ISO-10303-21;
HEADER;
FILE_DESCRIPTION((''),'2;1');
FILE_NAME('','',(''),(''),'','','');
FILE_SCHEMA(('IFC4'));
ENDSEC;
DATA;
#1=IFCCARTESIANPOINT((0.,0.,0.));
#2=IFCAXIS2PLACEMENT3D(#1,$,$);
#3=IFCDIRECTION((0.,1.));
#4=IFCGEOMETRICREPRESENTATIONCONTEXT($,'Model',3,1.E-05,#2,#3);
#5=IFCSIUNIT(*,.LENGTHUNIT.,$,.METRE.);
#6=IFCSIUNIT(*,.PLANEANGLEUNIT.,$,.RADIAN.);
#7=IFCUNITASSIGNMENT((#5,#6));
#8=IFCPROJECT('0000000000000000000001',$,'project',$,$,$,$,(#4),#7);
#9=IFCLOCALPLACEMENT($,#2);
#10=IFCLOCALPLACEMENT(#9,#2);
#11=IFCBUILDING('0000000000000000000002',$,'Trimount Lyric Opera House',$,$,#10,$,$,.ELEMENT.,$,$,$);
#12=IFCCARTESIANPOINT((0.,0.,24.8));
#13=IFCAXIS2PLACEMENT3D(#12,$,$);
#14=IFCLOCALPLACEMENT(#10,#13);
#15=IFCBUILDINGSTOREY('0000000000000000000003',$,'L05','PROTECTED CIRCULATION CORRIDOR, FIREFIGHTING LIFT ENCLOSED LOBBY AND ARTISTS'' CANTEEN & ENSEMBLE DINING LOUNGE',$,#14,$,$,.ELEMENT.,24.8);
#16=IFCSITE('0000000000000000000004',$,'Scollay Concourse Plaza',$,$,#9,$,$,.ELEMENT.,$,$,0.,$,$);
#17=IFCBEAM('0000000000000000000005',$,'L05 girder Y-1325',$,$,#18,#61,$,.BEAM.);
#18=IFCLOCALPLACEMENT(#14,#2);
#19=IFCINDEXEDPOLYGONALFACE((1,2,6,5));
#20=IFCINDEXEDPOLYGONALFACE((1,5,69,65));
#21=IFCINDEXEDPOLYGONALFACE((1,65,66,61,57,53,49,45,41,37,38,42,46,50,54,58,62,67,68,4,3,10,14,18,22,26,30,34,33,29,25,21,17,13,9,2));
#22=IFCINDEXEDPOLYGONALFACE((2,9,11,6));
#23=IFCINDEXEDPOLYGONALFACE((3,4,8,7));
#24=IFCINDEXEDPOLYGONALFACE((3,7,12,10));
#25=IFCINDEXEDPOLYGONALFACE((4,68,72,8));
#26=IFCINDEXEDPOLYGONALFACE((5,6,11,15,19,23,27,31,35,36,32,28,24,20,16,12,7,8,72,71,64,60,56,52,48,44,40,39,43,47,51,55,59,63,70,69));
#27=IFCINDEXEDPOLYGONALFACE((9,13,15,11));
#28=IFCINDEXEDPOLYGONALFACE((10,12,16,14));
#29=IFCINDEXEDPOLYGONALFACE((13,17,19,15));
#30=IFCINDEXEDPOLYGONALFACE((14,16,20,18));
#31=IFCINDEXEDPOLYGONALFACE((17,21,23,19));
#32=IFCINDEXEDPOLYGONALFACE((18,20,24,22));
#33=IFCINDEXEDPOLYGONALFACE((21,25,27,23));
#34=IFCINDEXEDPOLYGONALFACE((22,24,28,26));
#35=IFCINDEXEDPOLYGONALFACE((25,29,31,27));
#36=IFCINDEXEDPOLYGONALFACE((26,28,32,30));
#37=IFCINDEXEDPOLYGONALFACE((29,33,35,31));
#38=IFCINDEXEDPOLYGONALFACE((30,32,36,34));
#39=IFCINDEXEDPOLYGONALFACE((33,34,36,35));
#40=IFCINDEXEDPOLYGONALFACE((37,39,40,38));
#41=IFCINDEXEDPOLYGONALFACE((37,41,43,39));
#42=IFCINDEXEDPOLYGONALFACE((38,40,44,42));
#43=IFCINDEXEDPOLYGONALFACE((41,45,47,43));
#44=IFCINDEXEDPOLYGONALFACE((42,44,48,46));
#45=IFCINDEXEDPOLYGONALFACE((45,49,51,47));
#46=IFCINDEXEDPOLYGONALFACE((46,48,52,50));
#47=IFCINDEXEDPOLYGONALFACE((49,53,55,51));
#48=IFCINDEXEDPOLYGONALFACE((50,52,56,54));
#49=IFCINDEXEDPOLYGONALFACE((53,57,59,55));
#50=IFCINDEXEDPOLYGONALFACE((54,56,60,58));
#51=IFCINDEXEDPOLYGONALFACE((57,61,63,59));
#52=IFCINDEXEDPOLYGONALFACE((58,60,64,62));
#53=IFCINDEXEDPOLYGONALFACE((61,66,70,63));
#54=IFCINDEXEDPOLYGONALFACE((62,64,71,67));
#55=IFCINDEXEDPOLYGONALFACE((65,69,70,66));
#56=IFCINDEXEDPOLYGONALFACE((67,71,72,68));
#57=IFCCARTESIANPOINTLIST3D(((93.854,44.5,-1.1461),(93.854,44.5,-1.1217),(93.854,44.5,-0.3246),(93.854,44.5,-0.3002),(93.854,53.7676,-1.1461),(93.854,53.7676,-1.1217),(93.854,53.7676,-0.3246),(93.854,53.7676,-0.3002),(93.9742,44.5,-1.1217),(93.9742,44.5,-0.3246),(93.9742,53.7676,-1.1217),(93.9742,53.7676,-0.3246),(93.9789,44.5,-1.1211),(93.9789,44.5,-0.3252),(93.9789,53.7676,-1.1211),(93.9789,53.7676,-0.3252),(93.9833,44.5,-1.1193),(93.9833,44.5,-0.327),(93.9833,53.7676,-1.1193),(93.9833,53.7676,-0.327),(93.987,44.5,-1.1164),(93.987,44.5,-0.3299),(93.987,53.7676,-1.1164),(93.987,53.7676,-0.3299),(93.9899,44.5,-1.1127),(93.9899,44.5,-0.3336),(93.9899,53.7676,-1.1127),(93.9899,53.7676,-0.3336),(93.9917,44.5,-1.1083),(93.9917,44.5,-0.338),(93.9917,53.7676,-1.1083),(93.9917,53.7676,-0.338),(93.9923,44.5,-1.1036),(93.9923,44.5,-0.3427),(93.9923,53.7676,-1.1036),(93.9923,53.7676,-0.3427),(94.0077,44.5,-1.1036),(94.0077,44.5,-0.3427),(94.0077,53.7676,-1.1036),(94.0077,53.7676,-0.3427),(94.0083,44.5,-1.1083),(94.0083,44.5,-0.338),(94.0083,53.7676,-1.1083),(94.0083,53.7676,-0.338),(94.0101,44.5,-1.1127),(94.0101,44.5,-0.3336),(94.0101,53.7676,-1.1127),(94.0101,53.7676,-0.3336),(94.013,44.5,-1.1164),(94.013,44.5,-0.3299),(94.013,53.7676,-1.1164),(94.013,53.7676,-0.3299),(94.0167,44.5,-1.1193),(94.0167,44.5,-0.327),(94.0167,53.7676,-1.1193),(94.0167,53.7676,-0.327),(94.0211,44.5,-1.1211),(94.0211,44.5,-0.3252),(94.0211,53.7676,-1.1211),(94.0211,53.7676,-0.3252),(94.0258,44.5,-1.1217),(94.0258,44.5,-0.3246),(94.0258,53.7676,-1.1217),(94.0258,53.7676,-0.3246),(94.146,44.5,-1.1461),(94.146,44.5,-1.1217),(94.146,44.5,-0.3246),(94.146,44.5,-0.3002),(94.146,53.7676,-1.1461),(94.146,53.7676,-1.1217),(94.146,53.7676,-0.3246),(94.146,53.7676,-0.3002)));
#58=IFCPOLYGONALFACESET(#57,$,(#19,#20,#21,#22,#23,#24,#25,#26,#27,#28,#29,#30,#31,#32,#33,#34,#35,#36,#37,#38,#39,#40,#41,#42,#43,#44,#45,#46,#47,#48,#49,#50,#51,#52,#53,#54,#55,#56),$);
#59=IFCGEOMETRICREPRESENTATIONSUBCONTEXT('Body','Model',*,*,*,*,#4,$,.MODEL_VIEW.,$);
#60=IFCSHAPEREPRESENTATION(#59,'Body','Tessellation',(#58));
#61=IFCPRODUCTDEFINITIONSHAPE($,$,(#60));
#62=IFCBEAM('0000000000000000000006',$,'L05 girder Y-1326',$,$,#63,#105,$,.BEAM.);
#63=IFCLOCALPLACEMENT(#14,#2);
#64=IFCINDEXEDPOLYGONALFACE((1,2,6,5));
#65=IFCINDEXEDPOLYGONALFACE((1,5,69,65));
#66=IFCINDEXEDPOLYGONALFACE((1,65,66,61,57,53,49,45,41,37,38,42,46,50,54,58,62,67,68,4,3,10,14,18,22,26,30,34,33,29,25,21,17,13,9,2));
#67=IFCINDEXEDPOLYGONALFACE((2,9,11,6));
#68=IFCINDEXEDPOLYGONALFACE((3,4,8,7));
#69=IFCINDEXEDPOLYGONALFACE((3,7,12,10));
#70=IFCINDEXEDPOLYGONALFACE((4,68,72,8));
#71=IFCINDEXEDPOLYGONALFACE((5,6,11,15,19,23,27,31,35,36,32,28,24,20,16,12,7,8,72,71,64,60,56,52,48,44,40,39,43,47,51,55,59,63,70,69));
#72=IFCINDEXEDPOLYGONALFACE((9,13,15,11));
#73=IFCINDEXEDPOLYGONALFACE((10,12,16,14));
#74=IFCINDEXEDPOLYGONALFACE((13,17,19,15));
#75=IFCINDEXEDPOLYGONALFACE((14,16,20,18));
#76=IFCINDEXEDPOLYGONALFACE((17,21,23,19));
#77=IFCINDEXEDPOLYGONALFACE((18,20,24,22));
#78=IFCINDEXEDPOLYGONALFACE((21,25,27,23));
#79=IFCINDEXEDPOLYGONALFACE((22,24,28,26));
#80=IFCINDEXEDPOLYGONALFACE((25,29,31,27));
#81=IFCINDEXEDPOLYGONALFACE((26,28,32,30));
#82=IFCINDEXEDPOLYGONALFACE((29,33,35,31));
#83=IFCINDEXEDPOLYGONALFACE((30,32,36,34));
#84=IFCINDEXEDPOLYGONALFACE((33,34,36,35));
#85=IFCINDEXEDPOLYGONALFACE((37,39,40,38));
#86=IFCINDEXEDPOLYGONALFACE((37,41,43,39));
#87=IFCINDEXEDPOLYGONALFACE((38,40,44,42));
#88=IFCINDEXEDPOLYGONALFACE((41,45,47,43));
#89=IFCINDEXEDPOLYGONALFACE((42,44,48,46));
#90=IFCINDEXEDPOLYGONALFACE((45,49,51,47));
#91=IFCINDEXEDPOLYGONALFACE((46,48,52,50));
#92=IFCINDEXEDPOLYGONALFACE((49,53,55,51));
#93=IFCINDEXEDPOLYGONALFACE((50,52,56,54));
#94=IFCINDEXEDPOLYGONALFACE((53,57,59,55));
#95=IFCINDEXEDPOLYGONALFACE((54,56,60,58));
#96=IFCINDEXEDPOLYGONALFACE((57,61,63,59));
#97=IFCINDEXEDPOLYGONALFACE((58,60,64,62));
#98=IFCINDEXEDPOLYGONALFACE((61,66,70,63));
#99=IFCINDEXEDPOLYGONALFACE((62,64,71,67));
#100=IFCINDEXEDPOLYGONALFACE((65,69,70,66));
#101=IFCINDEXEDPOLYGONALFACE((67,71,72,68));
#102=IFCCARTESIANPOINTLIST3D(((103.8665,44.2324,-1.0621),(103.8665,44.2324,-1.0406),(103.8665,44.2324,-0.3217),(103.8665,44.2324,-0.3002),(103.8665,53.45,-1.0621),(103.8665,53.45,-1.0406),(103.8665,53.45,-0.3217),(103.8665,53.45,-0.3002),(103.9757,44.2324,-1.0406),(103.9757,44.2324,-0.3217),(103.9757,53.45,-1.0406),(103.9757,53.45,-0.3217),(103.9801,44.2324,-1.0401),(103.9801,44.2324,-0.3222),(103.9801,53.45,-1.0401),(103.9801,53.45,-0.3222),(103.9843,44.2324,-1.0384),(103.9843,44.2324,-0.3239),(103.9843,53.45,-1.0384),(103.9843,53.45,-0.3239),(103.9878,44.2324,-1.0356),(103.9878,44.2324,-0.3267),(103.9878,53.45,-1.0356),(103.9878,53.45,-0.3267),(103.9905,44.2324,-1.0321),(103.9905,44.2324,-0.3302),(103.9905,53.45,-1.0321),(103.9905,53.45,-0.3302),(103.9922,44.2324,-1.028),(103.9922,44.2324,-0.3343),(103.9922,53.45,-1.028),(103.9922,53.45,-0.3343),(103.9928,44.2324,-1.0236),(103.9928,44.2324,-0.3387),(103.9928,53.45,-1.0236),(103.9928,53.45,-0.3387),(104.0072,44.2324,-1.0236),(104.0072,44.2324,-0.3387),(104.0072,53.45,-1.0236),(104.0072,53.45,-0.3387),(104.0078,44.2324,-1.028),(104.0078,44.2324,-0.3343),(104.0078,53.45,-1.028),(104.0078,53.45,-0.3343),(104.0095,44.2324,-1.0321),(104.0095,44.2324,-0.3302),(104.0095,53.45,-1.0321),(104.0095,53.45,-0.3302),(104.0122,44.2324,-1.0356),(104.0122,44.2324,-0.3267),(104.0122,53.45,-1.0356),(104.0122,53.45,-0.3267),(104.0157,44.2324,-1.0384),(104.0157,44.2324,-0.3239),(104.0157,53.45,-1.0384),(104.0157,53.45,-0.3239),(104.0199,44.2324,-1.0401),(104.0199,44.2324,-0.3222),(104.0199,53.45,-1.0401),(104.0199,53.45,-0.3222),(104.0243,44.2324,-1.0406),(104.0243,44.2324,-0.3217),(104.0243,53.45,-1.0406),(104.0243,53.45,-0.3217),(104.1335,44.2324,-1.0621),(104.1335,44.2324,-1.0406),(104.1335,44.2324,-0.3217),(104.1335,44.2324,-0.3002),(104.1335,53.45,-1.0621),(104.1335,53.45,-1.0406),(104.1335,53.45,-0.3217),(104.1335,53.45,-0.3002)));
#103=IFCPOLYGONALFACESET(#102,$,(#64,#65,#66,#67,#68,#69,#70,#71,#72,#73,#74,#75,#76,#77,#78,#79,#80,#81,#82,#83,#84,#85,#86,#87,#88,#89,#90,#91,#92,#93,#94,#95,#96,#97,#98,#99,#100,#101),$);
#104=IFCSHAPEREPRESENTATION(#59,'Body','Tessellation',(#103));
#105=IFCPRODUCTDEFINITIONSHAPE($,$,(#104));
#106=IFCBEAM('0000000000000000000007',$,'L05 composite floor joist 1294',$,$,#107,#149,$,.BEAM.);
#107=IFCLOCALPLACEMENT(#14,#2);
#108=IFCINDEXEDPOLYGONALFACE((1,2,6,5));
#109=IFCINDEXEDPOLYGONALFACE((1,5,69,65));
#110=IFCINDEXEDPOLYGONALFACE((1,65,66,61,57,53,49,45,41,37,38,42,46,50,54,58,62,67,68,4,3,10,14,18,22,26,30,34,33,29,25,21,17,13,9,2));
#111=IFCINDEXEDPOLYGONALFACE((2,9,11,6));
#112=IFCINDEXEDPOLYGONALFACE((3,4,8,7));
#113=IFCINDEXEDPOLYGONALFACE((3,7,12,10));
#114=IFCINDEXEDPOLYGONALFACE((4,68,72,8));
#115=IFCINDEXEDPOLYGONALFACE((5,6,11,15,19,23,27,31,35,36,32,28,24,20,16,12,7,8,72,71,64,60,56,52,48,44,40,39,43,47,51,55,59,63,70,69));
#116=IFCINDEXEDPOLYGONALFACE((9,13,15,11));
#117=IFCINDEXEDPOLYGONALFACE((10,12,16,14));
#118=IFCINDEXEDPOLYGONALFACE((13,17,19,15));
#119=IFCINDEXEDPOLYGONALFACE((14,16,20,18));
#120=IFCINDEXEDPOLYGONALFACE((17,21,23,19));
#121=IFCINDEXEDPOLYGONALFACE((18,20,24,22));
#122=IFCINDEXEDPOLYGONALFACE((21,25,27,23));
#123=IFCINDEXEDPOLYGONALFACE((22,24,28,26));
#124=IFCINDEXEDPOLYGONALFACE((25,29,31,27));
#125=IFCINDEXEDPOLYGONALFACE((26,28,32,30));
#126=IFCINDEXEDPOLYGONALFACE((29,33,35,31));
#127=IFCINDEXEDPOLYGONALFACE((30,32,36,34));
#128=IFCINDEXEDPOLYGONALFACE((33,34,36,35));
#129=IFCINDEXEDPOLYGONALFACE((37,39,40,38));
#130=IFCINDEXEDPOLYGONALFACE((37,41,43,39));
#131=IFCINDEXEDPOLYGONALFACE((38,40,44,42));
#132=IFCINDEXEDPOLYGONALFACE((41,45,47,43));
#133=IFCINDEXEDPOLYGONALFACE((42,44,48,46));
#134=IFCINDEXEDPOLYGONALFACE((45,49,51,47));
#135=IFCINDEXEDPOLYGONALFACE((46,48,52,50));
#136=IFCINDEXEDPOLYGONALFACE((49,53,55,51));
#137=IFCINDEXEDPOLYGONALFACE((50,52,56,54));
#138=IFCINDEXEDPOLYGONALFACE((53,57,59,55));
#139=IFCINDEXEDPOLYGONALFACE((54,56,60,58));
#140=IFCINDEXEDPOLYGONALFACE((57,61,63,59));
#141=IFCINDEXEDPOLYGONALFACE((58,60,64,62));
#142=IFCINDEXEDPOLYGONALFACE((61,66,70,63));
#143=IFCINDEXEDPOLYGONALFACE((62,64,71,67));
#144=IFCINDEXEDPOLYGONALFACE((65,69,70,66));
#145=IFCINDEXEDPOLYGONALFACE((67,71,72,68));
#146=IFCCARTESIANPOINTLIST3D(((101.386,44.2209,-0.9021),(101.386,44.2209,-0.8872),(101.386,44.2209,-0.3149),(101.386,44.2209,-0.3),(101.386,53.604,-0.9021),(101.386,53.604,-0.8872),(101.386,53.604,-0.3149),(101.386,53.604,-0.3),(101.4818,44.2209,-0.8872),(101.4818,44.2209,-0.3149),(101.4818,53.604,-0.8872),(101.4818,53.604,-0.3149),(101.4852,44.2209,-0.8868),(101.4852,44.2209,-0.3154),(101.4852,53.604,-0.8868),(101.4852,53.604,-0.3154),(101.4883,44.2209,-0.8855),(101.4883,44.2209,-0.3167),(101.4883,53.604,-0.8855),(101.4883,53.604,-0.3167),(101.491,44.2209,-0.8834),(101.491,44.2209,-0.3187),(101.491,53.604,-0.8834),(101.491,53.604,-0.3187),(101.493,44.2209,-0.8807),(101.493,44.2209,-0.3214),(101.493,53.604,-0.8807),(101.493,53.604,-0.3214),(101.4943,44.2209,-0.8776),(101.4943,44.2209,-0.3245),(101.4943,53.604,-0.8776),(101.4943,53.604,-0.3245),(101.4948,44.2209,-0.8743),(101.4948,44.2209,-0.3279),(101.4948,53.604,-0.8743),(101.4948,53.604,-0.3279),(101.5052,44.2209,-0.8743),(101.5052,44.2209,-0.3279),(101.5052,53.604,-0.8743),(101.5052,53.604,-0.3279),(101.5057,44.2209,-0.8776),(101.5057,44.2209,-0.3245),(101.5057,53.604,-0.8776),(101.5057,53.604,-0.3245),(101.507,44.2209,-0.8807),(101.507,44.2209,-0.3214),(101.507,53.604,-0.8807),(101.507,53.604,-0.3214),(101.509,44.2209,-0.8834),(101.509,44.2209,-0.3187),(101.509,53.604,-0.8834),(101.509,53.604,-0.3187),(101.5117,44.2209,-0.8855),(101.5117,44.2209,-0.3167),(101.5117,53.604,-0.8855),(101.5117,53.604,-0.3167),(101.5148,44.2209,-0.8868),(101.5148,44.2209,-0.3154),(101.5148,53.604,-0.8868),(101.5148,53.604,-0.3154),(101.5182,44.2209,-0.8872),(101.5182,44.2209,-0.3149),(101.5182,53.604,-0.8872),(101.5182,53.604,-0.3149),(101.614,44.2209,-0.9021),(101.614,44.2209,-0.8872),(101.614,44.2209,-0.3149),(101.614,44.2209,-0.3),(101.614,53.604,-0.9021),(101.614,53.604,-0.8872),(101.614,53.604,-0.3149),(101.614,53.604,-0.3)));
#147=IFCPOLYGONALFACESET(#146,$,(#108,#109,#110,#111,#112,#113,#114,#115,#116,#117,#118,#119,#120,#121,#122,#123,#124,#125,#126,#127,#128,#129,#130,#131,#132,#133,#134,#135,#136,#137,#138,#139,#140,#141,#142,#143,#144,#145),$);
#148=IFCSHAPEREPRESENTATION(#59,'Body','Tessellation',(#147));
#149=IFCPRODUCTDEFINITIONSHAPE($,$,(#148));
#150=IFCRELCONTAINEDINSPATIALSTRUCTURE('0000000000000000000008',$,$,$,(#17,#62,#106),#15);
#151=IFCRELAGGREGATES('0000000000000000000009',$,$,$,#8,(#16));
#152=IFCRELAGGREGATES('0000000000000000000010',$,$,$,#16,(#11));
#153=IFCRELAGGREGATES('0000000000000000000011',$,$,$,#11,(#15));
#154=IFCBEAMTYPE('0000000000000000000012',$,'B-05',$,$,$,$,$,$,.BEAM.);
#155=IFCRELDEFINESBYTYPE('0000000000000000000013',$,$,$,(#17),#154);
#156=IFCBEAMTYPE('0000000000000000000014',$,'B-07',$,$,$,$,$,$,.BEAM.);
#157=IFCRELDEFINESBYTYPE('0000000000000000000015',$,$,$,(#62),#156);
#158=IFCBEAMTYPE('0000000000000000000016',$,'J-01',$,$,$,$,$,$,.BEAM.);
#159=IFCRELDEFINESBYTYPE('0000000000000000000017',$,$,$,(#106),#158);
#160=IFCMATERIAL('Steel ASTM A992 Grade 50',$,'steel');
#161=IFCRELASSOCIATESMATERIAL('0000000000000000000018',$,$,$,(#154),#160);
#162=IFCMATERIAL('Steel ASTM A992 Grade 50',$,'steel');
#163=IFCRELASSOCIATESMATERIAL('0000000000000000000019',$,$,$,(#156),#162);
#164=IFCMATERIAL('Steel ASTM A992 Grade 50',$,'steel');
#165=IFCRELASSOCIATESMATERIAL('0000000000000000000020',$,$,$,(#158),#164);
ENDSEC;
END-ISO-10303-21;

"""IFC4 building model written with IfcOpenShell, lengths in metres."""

from ifc_helpers import new_model, si_unit, direction, frame, origin, origin_2d, place, context, subcontext, project, spatial, i_section, extrude, material, material_profile, profile_set, type_object, element, save


model = new_model("IFC4")

# Units and contexts
model_context = context("Model", 3, precision=1e-05, world=origin(), true_north=direction((0.0, 1.0)))
body_context = subcontext(model_context, "Body", "Model", "MODEL_VIEW")
ifc_project = project(units=[si_unit("LENGTHUNIT", "METRE"), si_unit("PLANEANGLEUNIT", "RADIAN")], contexts=[model_context])

# Site, building, storey
site_placement = place(None, origin())
site = spatial("IfcSite", under=ifc_project, at=site_placement, Name="Scollay Concourse Plaza", CompositionType="ELEMENT", RefElevation=0.0)
building_placement = place(site_placement, origin())
building = spatial("IfcBuilding", under=site, at=building_placement, Name="Trimount Lyric Opera House", CompositionType="ELEMENT")
storey_placement = place(building_placement, frame((0.0, 0.0, 24.8)))
storey = spatial("IfcBuildingStorey", under=building, at=storey_placement, Name="L05", Description="PROTECTED CIRCULATION CORRIDOR, FIREFIGHTING LIFT ENCLOSED LOBBY AND ARTISTS' CANTEEN & ENSEMBLE DINING LOUNGE", CompositionType="ELEMENT", Elevation=24.8)

# Beams
ifc_material_1 = material(Name="Steel ASTM A992 Grade 50", Category="steel")
ifc_material_profile_1 = material_profile(ifc_material_1, i_section(OverallWidth=0.292, OverallDepth=0.8459, WebThickness=0.0154, FlangeThickness=0.0244, FilletRadius=0.0181, at=origin_2d()), Name="W33X141")
ifc_profile_set_1 = profile_set([ifc_material_profile_1], Name="Steel ASTM A992 Grade 50")
beam_type_1 = type_object("IfcBeamType", Name="B-05", PredefinedType="BEAM", material=ifc_profile_set_1)
beam_1_placement = place(storey_placement, frame((94.0, 44.5, -0.7231), z_axis=(0.0, 1.0, 0.0), x_axis=(-1.0, 0.0, 0.0)))
element("IfcBeam", 1, at=beam_1_placement, inside=storey, type_object=beam_type_1, Name="L05 girder Y-1325", PredefinedType="BEAM", context=body_context, shape_type="SweptSolid", body=[
    extrude(i_section(OverallWidth=0.292, OverallDepth=0.8459, WebThickness=0.0154, FlangeThickness=0.0244, FilletRadius=0.0181, at=origin_2d()), origin(), (0.0, 0.0, 1.0), 9.2676),
])
ifc_material_2 = material(Name="Steel ASTM A992 Grade 50", Category="steel")
ifc_material_profile_2 = material_profile(ifc_material_2, i_section(OverallWidth=0.2671, OverallDepth=0.762, WebThickness=0.0144, FlangeThickness=0.0215, FilletRadius=0.0171, at=origin_2d()), Name="W30X116")
ifc_profile_set_2 = profile_set([ifc_material_profile_2], Name="Steel ASTM A992 Grade 50")
beam_type_2 = type_object("IfcBeamType", Name="B-07", PredefinedType="BEAM", material=ifc_profile_set_2)
beam_2_placement = place(storey_placement, frame((104.0, 44.2324, -0.6812), z_axis=(0.0, 1.0, 0.0), x_axis=(-1.0, 0.0, 0.0)))
element("IfcBeam", 2, at=beam_2_placement, inside=storey, type_object=beam_type_2, Name="L05 girder Y-1326", PredefinedType="BEAM", context=body_context, shape_type="SweptSolid", body=[
    extrude(i_section(OverallWidth=0.2671, OverallDepth=0.762, WebThickness=0.0144, FlangeThickness=0.0215, FilletRadius=0.0171, at=origin_2d()), origin(), (0.0, 0.0, 1.0), 9.2175),
])
ifc_material_3 = material(Name="Steel ASTM A992 Grade 50", Category="steel")
ifc_material_profile_3 = material_profile(ifc_material_3, i_section(OverallWidth=0.228, OverallDepth=0.6021, WebThickness=0.0105, FlangeThickness=0.0149, FilletRadius=0.0129, at=origin_2d()), Name="W24X68")
ifc_profile_set_3 = profile_set([ifc_material_profile_3], Name="Steel ASTM A992 Grade 50")
beam_type_3 = type_object("IfcBeamType", Name="J-01", PredefinedType="BEAM", material=ifc_profile_set_3)
beam_3_placement = place(storey_placement, frame((101.5, 44.2209, -0.6011), z_axis=(0.0, 1.0, 0.0), x_axis=(-1.0, 0.0, 0.0)))
element("IfcBeam", 3, at=beam_3_placement, inside=storey, type_object=beam_type_3, Name="L05 composite floor joist 1294", PredefinedType="BEAM", context=body_context, shape_type="SweptSolid", body=[
    extrude(i_section(OverallWidth=0.228, OverallDepth=0.6021, WebThickness=0.0105, FlangeThickness=0.0149, FilletRadius=0.0129, at=origin_2d()), origin(), (0.0, 0.0, 1.0), 9.3831),
])

save(model, "model.ifc")
